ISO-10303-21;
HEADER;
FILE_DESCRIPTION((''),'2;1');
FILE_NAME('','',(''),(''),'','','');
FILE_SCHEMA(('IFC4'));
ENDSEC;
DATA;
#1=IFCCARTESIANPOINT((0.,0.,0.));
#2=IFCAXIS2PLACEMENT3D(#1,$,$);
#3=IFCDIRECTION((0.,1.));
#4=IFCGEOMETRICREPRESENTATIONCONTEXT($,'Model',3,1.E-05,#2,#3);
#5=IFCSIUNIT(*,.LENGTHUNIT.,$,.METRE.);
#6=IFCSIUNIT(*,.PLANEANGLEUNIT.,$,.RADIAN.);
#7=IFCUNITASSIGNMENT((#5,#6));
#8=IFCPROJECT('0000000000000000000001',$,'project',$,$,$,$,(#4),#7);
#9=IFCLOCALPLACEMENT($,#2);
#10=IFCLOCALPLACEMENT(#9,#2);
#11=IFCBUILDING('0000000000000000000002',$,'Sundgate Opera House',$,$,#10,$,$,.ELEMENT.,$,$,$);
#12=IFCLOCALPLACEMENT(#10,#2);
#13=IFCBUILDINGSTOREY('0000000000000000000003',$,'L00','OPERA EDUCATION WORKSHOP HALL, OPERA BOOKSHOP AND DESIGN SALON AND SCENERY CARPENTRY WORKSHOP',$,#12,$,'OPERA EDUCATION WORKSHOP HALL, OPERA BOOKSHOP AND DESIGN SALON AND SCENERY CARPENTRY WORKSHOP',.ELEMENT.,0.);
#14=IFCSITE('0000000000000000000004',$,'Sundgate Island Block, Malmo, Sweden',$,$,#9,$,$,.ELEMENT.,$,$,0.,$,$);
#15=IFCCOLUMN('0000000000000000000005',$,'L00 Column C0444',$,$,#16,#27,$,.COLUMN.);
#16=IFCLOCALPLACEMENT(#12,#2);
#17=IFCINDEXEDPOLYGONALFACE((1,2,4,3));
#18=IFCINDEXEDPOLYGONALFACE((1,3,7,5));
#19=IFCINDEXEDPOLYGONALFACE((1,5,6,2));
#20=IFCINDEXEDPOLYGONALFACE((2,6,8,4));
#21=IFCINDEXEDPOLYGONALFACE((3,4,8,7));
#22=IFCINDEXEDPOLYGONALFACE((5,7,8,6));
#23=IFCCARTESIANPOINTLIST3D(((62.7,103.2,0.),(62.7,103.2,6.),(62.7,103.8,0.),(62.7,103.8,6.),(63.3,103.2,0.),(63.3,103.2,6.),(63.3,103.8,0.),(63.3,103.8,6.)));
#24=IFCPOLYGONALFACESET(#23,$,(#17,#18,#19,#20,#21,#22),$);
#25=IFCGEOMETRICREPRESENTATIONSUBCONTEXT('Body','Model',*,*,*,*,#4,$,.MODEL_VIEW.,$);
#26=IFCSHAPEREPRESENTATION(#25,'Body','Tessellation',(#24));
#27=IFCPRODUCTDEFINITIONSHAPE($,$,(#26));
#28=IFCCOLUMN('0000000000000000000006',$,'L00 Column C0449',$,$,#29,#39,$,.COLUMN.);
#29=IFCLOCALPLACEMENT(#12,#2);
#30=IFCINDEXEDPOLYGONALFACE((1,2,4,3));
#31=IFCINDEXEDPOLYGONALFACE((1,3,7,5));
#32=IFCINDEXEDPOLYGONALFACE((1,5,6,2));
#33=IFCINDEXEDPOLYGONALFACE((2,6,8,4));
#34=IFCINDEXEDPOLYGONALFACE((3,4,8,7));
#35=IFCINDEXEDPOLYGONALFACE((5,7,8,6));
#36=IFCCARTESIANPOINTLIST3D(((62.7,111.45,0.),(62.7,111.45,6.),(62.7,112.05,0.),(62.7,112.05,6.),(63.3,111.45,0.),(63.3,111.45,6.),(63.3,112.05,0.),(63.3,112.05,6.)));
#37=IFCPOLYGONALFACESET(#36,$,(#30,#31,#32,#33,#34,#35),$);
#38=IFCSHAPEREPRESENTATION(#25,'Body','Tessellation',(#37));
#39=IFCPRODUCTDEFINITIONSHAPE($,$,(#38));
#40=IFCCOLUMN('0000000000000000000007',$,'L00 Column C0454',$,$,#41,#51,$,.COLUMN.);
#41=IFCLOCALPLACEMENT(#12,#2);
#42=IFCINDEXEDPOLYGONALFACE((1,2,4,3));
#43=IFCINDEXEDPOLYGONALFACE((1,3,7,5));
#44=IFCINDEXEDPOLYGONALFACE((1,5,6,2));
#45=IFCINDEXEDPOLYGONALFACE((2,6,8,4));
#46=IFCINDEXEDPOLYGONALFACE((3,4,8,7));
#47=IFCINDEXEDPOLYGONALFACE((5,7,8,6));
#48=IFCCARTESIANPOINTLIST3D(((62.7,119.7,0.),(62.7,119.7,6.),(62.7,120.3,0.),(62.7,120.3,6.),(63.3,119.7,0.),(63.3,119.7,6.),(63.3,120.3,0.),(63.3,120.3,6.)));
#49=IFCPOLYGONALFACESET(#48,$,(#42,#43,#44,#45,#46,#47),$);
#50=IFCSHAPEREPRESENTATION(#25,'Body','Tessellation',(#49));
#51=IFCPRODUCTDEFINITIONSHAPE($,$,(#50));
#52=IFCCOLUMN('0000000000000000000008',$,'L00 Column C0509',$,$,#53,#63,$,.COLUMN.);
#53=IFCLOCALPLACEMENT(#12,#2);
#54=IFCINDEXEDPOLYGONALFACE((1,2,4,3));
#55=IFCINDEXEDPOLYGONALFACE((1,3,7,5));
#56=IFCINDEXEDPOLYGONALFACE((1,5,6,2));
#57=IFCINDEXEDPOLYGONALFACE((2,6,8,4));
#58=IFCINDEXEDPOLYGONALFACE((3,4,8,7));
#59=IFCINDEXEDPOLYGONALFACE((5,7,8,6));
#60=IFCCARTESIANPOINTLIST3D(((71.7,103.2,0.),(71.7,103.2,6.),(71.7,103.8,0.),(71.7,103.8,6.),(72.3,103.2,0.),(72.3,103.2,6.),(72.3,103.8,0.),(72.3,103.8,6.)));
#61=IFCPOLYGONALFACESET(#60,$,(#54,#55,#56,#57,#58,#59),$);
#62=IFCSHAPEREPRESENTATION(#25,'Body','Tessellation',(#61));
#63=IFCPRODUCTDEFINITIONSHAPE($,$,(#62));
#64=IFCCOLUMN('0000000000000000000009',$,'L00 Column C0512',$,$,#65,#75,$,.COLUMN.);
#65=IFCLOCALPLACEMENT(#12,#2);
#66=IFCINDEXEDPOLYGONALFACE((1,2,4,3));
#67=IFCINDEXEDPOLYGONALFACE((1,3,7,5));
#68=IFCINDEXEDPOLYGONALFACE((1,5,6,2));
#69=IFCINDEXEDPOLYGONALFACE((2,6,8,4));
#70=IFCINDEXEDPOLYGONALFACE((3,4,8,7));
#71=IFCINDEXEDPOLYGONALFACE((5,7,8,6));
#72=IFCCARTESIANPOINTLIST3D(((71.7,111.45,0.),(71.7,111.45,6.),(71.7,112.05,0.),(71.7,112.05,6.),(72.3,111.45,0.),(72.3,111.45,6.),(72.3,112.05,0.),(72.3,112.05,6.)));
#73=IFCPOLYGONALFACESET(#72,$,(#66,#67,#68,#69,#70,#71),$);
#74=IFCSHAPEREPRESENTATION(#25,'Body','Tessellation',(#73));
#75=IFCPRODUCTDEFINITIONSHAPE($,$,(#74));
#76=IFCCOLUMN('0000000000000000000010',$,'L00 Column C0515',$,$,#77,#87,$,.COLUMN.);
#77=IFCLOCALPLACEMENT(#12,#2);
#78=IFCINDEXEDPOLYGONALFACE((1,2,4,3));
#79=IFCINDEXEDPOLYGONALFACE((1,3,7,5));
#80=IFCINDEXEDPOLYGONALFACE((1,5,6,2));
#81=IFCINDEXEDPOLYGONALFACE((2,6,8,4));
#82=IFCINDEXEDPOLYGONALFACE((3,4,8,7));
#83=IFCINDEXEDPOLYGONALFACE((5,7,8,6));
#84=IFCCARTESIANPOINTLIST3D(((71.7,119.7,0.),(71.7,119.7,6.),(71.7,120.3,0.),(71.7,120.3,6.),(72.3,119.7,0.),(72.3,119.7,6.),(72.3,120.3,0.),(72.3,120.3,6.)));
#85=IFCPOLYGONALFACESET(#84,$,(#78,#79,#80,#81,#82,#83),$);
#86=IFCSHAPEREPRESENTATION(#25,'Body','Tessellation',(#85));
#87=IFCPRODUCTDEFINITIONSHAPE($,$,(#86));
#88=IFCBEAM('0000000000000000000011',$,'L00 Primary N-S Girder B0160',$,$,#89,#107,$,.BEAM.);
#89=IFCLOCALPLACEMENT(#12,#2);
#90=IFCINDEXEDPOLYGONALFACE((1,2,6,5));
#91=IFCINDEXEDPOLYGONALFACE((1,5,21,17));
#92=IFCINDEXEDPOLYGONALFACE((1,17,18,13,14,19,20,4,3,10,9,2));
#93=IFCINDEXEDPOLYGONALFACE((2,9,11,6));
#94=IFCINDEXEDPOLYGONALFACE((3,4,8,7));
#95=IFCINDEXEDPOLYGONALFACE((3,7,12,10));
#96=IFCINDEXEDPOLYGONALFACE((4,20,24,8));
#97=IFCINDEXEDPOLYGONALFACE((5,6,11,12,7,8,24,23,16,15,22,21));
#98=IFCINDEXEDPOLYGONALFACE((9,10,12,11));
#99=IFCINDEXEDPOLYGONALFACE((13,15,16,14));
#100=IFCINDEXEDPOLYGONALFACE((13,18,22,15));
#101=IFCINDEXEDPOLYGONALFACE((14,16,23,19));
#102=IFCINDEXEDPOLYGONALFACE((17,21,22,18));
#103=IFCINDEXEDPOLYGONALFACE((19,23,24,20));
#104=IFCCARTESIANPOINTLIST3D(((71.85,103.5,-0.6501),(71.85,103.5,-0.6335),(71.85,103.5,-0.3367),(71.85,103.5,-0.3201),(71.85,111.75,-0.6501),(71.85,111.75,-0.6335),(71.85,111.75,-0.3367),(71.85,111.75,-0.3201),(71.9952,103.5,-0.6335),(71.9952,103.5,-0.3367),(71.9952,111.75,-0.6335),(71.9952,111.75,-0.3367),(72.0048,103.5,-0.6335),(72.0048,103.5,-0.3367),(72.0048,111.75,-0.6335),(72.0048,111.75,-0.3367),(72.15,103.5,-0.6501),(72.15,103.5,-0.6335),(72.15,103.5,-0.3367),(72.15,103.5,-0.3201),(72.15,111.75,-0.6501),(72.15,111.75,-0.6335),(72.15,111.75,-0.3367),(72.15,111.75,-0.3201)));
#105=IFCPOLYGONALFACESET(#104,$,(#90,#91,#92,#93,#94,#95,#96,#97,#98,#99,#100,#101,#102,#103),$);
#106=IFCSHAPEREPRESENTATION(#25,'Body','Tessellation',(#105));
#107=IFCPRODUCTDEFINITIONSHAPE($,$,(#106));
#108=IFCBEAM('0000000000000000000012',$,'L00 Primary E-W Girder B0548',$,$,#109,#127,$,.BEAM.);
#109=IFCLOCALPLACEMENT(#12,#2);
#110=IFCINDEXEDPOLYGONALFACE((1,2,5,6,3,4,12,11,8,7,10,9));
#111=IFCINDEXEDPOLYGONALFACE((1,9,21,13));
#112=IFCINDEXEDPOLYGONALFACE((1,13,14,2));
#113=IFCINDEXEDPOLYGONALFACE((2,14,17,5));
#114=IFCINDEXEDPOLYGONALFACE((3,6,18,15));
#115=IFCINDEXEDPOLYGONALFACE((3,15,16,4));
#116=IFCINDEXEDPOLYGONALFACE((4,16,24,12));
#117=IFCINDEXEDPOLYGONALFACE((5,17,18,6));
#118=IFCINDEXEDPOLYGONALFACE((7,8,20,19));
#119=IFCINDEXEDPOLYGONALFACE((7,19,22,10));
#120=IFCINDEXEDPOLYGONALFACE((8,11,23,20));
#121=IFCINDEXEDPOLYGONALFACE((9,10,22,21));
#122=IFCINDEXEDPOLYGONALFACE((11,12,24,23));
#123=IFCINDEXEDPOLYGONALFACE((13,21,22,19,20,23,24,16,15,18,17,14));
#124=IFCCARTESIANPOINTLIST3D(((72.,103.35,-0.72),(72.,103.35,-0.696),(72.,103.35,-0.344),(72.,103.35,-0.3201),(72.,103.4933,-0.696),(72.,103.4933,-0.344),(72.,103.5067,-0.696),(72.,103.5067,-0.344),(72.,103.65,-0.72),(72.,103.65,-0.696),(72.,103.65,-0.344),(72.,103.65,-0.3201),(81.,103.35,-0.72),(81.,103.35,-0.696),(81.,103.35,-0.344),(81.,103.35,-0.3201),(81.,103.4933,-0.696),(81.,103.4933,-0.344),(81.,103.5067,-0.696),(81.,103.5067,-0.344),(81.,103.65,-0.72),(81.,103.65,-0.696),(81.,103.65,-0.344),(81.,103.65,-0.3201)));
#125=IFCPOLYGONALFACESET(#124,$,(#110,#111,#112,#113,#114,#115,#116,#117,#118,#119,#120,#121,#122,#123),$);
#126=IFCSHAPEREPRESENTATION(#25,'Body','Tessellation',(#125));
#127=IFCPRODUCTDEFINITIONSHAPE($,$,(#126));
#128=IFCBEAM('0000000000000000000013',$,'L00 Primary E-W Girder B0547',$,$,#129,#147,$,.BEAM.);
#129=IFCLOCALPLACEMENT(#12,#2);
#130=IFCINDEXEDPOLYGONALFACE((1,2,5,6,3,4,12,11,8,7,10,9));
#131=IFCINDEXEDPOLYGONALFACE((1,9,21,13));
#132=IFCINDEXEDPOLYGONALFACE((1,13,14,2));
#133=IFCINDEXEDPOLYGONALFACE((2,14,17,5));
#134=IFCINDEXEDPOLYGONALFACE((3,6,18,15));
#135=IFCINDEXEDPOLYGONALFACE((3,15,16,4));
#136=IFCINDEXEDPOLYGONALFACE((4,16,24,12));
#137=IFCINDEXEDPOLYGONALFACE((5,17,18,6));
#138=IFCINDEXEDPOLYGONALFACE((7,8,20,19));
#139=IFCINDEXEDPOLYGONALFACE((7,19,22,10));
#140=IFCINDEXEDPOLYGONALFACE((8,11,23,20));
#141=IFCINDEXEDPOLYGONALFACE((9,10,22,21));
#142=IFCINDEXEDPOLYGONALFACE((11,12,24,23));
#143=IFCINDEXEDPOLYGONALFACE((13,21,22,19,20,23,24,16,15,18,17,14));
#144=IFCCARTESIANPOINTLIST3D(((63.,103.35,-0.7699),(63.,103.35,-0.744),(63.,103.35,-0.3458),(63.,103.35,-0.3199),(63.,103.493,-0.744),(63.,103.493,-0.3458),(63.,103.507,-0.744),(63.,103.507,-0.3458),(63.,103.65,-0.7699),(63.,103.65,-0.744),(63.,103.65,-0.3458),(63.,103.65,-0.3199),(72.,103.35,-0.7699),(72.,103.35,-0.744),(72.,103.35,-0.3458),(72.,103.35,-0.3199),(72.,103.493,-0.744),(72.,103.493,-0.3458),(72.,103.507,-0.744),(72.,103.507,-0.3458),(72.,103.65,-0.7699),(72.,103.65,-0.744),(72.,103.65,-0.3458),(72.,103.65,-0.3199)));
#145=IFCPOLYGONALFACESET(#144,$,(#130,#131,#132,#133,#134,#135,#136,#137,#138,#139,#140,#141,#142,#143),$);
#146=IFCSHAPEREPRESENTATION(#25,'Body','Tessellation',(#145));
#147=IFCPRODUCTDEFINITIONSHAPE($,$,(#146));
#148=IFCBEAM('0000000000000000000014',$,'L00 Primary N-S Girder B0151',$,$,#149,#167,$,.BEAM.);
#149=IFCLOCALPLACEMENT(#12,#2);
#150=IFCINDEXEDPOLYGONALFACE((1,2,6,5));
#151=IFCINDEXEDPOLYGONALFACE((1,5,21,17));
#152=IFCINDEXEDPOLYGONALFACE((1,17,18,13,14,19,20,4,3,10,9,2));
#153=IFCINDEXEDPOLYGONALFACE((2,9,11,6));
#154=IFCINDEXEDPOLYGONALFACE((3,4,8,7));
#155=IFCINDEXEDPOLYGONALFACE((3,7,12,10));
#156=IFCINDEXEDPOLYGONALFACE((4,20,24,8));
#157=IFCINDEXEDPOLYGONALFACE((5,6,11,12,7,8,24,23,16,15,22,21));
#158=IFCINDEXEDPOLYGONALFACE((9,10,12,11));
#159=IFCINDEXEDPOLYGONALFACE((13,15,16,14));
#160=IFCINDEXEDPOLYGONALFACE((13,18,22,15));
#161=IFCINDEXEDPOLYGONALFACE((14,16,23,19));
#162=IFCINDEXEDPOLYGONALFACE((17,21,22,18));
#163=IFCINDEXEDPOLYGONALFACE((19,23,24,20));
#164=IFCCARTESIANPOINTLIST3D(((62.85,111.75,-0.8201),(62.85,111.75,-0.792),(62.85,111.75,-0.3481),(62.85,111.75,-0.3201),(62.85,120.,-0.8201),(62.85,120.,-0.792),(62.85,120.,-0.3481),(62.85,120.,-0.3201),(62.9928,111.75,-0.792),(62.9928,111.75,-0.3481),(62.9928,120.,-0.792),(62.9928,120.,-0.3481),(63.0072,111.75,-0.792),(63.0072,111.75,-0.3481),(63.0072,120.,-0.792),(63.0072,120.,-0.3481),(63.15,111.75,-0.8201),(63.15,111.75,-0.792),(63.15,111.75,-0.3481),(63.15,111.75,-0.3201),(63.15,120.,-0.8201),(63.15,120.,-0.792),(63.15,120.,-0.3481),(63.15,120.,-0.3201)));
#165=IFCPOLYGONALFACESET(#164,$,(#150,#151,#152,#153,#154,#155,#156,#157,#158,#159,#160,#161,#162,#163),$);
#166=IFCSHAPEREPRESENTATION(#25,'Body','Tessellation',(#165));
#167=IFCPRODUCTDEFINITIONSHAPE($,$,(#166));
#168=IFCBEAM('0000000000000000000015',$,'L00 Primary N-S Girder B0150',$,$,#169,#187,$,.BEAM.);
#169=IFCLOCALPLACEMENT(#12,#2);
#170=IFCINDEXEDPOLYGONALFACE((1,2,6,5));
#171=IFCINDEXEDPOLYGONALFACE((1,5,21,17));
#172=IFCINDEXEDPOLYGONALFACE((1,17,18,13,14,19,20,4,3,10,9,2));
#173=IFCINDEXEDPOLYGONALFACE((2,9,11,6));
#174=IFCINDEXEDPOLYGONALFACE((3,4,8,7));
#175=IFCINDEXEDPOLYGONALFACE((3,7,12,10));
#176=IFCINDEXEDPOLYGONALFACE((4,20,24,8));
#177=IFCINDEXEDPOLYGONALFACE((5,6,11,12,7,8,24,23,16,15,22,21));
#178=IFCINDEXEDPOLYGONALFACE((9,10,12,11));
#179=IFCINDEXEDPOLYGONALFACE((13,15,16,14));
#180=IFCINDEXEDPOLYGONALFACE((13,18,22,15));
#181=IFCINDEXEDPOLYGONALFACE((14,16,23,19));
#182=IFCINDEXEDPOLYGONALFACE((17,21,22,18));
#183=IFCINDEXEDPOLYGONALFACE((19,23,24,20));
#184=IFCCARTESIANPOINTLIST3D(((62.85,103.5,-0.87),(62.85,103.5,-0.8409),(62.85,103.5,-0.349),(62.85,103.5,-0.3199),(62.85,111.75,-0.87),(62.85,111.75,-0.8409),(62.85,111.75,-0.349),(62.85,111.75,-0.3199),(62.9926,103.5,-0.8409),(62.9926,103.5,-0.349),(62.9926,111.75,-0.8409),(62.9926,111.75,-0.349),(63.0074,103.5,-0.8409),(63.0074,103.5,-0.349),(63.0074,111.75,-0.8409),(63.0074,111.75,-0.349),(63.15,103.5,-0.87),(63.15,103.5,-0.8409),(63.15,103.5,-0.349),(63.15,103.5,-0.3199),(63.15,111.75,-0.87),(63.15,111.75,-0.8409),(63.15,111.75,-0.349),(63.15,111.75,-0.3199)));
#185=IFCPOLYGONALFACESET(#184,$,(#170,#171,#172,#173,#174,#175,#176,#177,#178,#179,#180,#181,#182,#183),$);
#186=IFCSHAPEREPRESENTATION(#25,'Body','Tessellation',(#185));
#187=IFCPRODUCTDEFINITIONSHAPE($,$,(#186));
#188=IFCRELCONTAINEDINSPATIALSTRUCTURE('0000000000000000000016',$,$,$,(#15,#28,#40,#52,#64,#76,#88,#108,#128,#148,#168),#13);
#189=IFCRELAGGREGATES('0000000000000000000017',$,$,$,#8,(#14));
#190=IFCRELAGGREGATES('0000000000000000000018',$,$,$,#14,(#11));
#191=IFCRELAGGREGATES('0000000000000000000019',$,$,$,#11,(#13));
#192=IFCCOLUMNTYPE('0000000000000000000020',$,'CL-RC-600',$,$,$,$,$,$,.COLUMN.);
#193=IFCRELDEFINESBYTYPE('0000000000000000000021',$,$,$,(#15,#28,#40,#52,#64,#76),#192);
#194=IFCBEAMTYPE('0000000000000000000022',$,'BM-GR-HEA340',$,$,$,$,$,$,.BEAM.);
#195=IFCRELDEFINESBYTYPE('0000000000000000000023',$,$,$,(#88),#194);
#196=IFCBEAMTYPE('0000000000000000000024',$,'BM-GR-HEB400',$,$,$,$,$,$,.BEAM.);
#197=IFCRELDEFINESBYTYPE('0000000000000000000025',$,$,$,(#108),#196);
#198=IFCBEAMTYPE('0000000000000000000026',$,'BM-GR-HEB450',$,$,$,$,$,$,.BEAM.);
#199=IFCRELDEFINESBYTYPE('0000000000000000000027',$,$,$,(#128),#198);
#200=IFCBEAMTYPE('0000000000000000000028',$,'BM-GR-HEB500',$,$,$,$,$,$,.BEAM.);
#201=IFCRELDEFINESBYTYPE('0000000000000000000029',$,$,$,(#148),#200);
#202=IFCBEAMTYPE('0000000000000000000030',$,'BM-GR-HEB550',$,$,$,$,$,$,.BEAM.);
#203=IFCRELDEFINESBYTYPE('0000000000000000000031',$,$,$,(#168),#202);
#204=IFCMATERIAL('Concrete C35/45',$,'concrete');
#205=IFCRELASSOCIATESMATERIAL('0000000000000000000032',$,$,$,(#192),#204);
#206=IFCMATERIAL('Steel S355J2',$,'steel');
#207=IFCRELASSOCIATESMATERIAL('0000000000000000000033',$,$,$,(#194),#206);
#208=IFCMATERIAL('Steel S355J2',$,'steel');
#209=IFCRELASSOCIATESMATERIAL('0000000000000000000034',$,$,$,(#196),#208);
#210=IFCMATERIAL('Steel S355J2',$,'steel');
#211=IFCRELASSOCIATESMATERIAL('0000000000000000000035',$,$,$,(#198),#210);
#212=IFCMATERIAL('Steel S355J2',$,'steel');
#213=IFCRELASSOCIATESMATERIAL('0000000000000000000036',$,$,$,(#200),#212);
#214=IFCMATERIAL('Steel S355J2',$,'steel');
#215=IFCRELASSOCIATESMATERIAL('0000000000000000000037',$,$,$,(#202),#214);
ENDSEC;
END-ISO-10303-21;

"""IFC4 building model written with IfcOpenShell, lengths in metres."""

from ifc_helpers import new_model, si_unit, direction, frame, origin, origin_2d, place, context, subcontext, project, spatial, rectangle, i_section, extrude, material, material_profile, profile_set, type_object, element, save


model = new_model("IFC4")

# Units and contexts
model_context = context("Model", 3, precision=1e-05, world=origin(), true_north=direction((0.0, 1.0)))
body_context = subcontext(model_context, "Body", "Model", "MODEL_VIEW")
ifc_project = project(units=[si_unit("LENGTHUNIT", "METRE"), si_unit("PLANEANGLEUNIT", "RADIAN")], contexts=[model_context])

# Site, building, storey
site_placement = place(None, origin())
site = spatial("IfcSite", under=ifc_project, at=site_placement, Name="Sundgate Island Block, Malmo, Sweden", CompositionType="ELEMENT", RefElevation=0.0)
building_placement = place(site_placement, origin())
building = spatial("IfcBuilding", under=site, at=building_placement, Name="Sundgate Opera House", CompositionType="ELEMENT")
storey_placement = place(building_placement, origin())
storey = spatial("IfcBuildingStorey", under=building, at=storey_placement, Name="L00", Description="OPERA EDUCATION WORKSHOP HALL, OPERA BOOKSHOP AND DESIGN SALON AND SCENERY CARPENTRY WORKSHOP", LongName="OPERA EDUCATION WORKSHOP HALL, OPERA BOOKSHOP AND DESIGN SALON AND SCENERY CARPENTRY WORKSHOP", CompositionType="ELEMENT", Elevation=0.0)

# Columns
ifc_material_1 = material(Name="Concrete C35/45", Category="concrete")
ifc_material_profile_1 = material_profile(ifc_material_1, rectangle(XDim=0.6001, YDim=0.6001, at=origin_2d()), Name="RC 600x600")
ifc_profile_set_1 = profile_set([ifc_material_profile_1], Name="Concrete C35/45")
column_type = type_object("IfcColumnType", Name="CL-RC-600", PredefinedType="COLUMN", material=ifc_profile_set_1)
for number, where, z_axis, x_axis, name in (
    (1, (63.0, 103.5, 0.0), (0.0, 0.0, 1.0), (1.0, 0.0, 0.0), "L00 Column C0444"),
    (2, (63.0, 111.75, 0.0), (0.0, 0.0, 1.0), (1.0, 0.0, 0.0), "L00 Column C0449"),
    (3, (63.0, 120.0, 0.0), (0.0, 0.0, 1.0), (1.0, 0.0, 0.0), "L00 Column C0454"),
    (4, (72.0, 103.5, 0.0), (0.0, 0.0, 1.0), (1.0, 0.0, 0.0), "L00 Column C0509"),
    (5, (72.0, 111.75, 0.0), (0.0, 0.0, 1.0), (1.0, 0.0, 0.0), "L00 Column C0512"),
    (6, (72.0, 120.0, 0.0), (0.0, 0.0, 1.0), (1.0, 0.0, 0.0), "L00 Column C0515"),
):
    element("IfcColumn", number, at=place(storey_placement, frame(where, z_axis=z_axis, x_axis=x_axis)), inside=storey, type_object=column_type, Name=name, PredefinedType="COLUMN", context=body_context, shape_type="SweptSolid", body=[
        extrude(rectangle(XDim=0.6001, YDim=0.6001, at=origin_2d()), origin(), (0.0, 0.0, 1.0), 6.0),
    ])

# Beams
ifc_material_2 = material(Name="Steel S355J2", Category="steel")
ifc_material_profile_2 = material_profile(ifc_material_2, i_section(OverallWidth=0.3, OverallDepth=0.3301, WebThickness=0.0095, FlangeThickness=0.0166, at=origin_2d()), Name="HEA 340")
ifc_profile_set_2 = profile_set([ifc_material_profile_2], Name="Steel S355J2")
beam_type_1 = type_object("IfcBeamType", Name="BM-GR-HEA340", PredefinedType="BEAM", material=ifc_profile_set_2)
beam_1_placement = place(storey_placement, frame((72.0, 103.5, -0.4851), z_axis=(0.0, 1.0, 0.0), x_axis=(-1.0, 0.0, 0.0)))
element("IfcBeam", 7, at=beam_1_placement, inside=storey, type_object=beam_type_1, Name="L00 Primary N-S Girder B0160", PredefinedType="BEAM", context=body_context, shape_type="SweptSolid", body=[
    extrude(i_section(OverallWidth=0.3, OverallDepth=0.3301, WebThickness=0.0095, FlangeThickness=0.0166, at=origin_2d()), origin(), (0.0, 0.0, 1.0), 8.25),
])
ifc_material_3 = material(Name="Steel S355J2", Category="steel")
ifc_material_profile_3 = material_profile(ifc_material_3, i_section(OverallWidth=0.3, OverallDepth=0.3999, WebThickness=0.0134, FlangeThickness=0.0239, at=origin_2d()), Name="HEB 400")
ifc_profile_set_3 = profile_set([ifc_material_profile_3], Name="Steel S355J2")
beam_type_2 = type_object("IfcBeamType", Name="BM-GR-HEB400", PredefinedType="BEAM", material=ifc_profile_set_3)
beam_2_placement = place(storey_placement, frame((72.0, 103.5, -0.52), z_axis=(1.0, 0.0, 0.0), x_axis=(0.0, 1.0, 0.0)))
element("IfcBeam", 8, at=beam_2_placement, inside=storey, type_object=beam_type_2, Name="L00 Primary E-W Girder B0548", PredefinedType="BEAM", context=body_context, shape_type="SweptSolid", body=[
    extrude(i_section(OverallWidth=0.3, OverallDepth=0.3999, WebThickness=0.0134, FlangeThickness=0.0239, at=origin_2d()), origin(), (0.0, 0.0, 1.0), 9.0),
])
ifc_material_4 = material(Name="Steel S355J2", Category="steel")
ifc_material_profile_4 = material_profile(ifc_material_4, i_section(OverallWidth=0.3, OverallDepth=0.45, WebThickness=0.0139, FlangeThickness=0.0259, at=origin_2d()), Name="HEB 450")
ifc_profile_set_4 = profile_set([ifc_material_profile_4], Name="Steel S355J2")
beam_type_3 = type_object("IfcBeamType", Name="BM-GR-HEB450", PredefinedType="BEAM", material=ifc_profile_set_4)
beam_3_placement = place(storey_placement, frame((63.0, 103.5, -0.5449), z_axis=(1.0, 0.0, 0.0), x_axis=(0.0, 1.0, 0.0)))
element("IfcBeam", 9, at=beam_3_placement, inside=storey, type_object=beam_type_3, Name="L00 Primary E-W Girder B0547", PredefinedType="BEAM", context=body_context, shape_type="SweptSolid", body=[
    extrude(i_section(OverallWidth=0.3, OverallDepth=0.45, WebThickness=0.0139, FlangeThickness=0.0259, at=origin_2d()), origin(), (0.0, 0.0, 1.0), 9.0),
])
ifc_material_5 = material(Name="Steel S355J2", Category="steel")
ifc_material_profile_5 = material_profile(ifc_material_5, i_section(OverallWidth=0.3, OverallDepth=0.5, WebThickness=0.0144, FlangeThickness=0.0281, at=origin_2d()), Name="HEB 500")
ifc_profile_set_5 = profile_set([ifc_material_profile_5], Name="Steel S355J2")
beam_type_4 = type_object("IfcBeamType", Name="BM-GR-HEB500", PredefinedType="BEAM", material=ifc_profile_set_5)
beam_4_placement = place(storey_placement, frame((63.0, 111.75, -0.5701), z_axis=(0.0, 1.0, 0.0), x_axis=(-1.0, 0.0, 0.0)))
element("IfcBeam", 10, at=beam_4_placement, inside=storey, type_object=beam_type_4, Name="L00 Primary N-S Girder B0151", PredefinedType="BEAM", context=body_context, shape_type="SweptSolid", body=[
    extrude(i_section(OverallWidth=0.3, OverallDepth=0.5, WebThickness=0.0144, FlangeThickness=0.0281, at=origin_2d()), origin(), (0.0, 0.0, 1.0), 8.25),
])
ifc_material_6 = material(Name="Steel S355J2", Category="steel")
ifc_material_profile_6 = material_profile(ifc_material_6, i_section(OverallWidth=0.3, OverallDepth=0.55, WebThickness=0.0149, FlangeThickness=0.0291, at=origin_2d()), Name="HEB 550")
ifc_profile_set_6 = profile_set([ifc_material_profile_6], Name="Steel S355J2")
beam_type_5 = type_object("IfcBeamType", Name="BM-GR-HEB550", PredefinedType="BEAM", material=ifc_profile_set_6)
beam_5_placement = place(storey_placement, frame((63.0, 103.5, -0.595), z_axis=(0.0, 1.0, 0.0), x_axis=(-1.0, 0.0, 0.0)))
element("IfcBeam", 11, at=beam_5_placement, inside=storey, type_object=beam_type_5, Name="L00 Primary N-S Girder B0150", PredefinedType="BEAM", context=body_context, shape_type="SweptSolid", body=[
    extrude(i_section(OverallWidth=0.3, OverallDepth=0.55, WebThickness=0.0149, FlangeThickness=0.0291, at=origin_2d()), origin(), (0.0, 0.0, 1.0), 8.25),
])

save(model, "model.ifc")
